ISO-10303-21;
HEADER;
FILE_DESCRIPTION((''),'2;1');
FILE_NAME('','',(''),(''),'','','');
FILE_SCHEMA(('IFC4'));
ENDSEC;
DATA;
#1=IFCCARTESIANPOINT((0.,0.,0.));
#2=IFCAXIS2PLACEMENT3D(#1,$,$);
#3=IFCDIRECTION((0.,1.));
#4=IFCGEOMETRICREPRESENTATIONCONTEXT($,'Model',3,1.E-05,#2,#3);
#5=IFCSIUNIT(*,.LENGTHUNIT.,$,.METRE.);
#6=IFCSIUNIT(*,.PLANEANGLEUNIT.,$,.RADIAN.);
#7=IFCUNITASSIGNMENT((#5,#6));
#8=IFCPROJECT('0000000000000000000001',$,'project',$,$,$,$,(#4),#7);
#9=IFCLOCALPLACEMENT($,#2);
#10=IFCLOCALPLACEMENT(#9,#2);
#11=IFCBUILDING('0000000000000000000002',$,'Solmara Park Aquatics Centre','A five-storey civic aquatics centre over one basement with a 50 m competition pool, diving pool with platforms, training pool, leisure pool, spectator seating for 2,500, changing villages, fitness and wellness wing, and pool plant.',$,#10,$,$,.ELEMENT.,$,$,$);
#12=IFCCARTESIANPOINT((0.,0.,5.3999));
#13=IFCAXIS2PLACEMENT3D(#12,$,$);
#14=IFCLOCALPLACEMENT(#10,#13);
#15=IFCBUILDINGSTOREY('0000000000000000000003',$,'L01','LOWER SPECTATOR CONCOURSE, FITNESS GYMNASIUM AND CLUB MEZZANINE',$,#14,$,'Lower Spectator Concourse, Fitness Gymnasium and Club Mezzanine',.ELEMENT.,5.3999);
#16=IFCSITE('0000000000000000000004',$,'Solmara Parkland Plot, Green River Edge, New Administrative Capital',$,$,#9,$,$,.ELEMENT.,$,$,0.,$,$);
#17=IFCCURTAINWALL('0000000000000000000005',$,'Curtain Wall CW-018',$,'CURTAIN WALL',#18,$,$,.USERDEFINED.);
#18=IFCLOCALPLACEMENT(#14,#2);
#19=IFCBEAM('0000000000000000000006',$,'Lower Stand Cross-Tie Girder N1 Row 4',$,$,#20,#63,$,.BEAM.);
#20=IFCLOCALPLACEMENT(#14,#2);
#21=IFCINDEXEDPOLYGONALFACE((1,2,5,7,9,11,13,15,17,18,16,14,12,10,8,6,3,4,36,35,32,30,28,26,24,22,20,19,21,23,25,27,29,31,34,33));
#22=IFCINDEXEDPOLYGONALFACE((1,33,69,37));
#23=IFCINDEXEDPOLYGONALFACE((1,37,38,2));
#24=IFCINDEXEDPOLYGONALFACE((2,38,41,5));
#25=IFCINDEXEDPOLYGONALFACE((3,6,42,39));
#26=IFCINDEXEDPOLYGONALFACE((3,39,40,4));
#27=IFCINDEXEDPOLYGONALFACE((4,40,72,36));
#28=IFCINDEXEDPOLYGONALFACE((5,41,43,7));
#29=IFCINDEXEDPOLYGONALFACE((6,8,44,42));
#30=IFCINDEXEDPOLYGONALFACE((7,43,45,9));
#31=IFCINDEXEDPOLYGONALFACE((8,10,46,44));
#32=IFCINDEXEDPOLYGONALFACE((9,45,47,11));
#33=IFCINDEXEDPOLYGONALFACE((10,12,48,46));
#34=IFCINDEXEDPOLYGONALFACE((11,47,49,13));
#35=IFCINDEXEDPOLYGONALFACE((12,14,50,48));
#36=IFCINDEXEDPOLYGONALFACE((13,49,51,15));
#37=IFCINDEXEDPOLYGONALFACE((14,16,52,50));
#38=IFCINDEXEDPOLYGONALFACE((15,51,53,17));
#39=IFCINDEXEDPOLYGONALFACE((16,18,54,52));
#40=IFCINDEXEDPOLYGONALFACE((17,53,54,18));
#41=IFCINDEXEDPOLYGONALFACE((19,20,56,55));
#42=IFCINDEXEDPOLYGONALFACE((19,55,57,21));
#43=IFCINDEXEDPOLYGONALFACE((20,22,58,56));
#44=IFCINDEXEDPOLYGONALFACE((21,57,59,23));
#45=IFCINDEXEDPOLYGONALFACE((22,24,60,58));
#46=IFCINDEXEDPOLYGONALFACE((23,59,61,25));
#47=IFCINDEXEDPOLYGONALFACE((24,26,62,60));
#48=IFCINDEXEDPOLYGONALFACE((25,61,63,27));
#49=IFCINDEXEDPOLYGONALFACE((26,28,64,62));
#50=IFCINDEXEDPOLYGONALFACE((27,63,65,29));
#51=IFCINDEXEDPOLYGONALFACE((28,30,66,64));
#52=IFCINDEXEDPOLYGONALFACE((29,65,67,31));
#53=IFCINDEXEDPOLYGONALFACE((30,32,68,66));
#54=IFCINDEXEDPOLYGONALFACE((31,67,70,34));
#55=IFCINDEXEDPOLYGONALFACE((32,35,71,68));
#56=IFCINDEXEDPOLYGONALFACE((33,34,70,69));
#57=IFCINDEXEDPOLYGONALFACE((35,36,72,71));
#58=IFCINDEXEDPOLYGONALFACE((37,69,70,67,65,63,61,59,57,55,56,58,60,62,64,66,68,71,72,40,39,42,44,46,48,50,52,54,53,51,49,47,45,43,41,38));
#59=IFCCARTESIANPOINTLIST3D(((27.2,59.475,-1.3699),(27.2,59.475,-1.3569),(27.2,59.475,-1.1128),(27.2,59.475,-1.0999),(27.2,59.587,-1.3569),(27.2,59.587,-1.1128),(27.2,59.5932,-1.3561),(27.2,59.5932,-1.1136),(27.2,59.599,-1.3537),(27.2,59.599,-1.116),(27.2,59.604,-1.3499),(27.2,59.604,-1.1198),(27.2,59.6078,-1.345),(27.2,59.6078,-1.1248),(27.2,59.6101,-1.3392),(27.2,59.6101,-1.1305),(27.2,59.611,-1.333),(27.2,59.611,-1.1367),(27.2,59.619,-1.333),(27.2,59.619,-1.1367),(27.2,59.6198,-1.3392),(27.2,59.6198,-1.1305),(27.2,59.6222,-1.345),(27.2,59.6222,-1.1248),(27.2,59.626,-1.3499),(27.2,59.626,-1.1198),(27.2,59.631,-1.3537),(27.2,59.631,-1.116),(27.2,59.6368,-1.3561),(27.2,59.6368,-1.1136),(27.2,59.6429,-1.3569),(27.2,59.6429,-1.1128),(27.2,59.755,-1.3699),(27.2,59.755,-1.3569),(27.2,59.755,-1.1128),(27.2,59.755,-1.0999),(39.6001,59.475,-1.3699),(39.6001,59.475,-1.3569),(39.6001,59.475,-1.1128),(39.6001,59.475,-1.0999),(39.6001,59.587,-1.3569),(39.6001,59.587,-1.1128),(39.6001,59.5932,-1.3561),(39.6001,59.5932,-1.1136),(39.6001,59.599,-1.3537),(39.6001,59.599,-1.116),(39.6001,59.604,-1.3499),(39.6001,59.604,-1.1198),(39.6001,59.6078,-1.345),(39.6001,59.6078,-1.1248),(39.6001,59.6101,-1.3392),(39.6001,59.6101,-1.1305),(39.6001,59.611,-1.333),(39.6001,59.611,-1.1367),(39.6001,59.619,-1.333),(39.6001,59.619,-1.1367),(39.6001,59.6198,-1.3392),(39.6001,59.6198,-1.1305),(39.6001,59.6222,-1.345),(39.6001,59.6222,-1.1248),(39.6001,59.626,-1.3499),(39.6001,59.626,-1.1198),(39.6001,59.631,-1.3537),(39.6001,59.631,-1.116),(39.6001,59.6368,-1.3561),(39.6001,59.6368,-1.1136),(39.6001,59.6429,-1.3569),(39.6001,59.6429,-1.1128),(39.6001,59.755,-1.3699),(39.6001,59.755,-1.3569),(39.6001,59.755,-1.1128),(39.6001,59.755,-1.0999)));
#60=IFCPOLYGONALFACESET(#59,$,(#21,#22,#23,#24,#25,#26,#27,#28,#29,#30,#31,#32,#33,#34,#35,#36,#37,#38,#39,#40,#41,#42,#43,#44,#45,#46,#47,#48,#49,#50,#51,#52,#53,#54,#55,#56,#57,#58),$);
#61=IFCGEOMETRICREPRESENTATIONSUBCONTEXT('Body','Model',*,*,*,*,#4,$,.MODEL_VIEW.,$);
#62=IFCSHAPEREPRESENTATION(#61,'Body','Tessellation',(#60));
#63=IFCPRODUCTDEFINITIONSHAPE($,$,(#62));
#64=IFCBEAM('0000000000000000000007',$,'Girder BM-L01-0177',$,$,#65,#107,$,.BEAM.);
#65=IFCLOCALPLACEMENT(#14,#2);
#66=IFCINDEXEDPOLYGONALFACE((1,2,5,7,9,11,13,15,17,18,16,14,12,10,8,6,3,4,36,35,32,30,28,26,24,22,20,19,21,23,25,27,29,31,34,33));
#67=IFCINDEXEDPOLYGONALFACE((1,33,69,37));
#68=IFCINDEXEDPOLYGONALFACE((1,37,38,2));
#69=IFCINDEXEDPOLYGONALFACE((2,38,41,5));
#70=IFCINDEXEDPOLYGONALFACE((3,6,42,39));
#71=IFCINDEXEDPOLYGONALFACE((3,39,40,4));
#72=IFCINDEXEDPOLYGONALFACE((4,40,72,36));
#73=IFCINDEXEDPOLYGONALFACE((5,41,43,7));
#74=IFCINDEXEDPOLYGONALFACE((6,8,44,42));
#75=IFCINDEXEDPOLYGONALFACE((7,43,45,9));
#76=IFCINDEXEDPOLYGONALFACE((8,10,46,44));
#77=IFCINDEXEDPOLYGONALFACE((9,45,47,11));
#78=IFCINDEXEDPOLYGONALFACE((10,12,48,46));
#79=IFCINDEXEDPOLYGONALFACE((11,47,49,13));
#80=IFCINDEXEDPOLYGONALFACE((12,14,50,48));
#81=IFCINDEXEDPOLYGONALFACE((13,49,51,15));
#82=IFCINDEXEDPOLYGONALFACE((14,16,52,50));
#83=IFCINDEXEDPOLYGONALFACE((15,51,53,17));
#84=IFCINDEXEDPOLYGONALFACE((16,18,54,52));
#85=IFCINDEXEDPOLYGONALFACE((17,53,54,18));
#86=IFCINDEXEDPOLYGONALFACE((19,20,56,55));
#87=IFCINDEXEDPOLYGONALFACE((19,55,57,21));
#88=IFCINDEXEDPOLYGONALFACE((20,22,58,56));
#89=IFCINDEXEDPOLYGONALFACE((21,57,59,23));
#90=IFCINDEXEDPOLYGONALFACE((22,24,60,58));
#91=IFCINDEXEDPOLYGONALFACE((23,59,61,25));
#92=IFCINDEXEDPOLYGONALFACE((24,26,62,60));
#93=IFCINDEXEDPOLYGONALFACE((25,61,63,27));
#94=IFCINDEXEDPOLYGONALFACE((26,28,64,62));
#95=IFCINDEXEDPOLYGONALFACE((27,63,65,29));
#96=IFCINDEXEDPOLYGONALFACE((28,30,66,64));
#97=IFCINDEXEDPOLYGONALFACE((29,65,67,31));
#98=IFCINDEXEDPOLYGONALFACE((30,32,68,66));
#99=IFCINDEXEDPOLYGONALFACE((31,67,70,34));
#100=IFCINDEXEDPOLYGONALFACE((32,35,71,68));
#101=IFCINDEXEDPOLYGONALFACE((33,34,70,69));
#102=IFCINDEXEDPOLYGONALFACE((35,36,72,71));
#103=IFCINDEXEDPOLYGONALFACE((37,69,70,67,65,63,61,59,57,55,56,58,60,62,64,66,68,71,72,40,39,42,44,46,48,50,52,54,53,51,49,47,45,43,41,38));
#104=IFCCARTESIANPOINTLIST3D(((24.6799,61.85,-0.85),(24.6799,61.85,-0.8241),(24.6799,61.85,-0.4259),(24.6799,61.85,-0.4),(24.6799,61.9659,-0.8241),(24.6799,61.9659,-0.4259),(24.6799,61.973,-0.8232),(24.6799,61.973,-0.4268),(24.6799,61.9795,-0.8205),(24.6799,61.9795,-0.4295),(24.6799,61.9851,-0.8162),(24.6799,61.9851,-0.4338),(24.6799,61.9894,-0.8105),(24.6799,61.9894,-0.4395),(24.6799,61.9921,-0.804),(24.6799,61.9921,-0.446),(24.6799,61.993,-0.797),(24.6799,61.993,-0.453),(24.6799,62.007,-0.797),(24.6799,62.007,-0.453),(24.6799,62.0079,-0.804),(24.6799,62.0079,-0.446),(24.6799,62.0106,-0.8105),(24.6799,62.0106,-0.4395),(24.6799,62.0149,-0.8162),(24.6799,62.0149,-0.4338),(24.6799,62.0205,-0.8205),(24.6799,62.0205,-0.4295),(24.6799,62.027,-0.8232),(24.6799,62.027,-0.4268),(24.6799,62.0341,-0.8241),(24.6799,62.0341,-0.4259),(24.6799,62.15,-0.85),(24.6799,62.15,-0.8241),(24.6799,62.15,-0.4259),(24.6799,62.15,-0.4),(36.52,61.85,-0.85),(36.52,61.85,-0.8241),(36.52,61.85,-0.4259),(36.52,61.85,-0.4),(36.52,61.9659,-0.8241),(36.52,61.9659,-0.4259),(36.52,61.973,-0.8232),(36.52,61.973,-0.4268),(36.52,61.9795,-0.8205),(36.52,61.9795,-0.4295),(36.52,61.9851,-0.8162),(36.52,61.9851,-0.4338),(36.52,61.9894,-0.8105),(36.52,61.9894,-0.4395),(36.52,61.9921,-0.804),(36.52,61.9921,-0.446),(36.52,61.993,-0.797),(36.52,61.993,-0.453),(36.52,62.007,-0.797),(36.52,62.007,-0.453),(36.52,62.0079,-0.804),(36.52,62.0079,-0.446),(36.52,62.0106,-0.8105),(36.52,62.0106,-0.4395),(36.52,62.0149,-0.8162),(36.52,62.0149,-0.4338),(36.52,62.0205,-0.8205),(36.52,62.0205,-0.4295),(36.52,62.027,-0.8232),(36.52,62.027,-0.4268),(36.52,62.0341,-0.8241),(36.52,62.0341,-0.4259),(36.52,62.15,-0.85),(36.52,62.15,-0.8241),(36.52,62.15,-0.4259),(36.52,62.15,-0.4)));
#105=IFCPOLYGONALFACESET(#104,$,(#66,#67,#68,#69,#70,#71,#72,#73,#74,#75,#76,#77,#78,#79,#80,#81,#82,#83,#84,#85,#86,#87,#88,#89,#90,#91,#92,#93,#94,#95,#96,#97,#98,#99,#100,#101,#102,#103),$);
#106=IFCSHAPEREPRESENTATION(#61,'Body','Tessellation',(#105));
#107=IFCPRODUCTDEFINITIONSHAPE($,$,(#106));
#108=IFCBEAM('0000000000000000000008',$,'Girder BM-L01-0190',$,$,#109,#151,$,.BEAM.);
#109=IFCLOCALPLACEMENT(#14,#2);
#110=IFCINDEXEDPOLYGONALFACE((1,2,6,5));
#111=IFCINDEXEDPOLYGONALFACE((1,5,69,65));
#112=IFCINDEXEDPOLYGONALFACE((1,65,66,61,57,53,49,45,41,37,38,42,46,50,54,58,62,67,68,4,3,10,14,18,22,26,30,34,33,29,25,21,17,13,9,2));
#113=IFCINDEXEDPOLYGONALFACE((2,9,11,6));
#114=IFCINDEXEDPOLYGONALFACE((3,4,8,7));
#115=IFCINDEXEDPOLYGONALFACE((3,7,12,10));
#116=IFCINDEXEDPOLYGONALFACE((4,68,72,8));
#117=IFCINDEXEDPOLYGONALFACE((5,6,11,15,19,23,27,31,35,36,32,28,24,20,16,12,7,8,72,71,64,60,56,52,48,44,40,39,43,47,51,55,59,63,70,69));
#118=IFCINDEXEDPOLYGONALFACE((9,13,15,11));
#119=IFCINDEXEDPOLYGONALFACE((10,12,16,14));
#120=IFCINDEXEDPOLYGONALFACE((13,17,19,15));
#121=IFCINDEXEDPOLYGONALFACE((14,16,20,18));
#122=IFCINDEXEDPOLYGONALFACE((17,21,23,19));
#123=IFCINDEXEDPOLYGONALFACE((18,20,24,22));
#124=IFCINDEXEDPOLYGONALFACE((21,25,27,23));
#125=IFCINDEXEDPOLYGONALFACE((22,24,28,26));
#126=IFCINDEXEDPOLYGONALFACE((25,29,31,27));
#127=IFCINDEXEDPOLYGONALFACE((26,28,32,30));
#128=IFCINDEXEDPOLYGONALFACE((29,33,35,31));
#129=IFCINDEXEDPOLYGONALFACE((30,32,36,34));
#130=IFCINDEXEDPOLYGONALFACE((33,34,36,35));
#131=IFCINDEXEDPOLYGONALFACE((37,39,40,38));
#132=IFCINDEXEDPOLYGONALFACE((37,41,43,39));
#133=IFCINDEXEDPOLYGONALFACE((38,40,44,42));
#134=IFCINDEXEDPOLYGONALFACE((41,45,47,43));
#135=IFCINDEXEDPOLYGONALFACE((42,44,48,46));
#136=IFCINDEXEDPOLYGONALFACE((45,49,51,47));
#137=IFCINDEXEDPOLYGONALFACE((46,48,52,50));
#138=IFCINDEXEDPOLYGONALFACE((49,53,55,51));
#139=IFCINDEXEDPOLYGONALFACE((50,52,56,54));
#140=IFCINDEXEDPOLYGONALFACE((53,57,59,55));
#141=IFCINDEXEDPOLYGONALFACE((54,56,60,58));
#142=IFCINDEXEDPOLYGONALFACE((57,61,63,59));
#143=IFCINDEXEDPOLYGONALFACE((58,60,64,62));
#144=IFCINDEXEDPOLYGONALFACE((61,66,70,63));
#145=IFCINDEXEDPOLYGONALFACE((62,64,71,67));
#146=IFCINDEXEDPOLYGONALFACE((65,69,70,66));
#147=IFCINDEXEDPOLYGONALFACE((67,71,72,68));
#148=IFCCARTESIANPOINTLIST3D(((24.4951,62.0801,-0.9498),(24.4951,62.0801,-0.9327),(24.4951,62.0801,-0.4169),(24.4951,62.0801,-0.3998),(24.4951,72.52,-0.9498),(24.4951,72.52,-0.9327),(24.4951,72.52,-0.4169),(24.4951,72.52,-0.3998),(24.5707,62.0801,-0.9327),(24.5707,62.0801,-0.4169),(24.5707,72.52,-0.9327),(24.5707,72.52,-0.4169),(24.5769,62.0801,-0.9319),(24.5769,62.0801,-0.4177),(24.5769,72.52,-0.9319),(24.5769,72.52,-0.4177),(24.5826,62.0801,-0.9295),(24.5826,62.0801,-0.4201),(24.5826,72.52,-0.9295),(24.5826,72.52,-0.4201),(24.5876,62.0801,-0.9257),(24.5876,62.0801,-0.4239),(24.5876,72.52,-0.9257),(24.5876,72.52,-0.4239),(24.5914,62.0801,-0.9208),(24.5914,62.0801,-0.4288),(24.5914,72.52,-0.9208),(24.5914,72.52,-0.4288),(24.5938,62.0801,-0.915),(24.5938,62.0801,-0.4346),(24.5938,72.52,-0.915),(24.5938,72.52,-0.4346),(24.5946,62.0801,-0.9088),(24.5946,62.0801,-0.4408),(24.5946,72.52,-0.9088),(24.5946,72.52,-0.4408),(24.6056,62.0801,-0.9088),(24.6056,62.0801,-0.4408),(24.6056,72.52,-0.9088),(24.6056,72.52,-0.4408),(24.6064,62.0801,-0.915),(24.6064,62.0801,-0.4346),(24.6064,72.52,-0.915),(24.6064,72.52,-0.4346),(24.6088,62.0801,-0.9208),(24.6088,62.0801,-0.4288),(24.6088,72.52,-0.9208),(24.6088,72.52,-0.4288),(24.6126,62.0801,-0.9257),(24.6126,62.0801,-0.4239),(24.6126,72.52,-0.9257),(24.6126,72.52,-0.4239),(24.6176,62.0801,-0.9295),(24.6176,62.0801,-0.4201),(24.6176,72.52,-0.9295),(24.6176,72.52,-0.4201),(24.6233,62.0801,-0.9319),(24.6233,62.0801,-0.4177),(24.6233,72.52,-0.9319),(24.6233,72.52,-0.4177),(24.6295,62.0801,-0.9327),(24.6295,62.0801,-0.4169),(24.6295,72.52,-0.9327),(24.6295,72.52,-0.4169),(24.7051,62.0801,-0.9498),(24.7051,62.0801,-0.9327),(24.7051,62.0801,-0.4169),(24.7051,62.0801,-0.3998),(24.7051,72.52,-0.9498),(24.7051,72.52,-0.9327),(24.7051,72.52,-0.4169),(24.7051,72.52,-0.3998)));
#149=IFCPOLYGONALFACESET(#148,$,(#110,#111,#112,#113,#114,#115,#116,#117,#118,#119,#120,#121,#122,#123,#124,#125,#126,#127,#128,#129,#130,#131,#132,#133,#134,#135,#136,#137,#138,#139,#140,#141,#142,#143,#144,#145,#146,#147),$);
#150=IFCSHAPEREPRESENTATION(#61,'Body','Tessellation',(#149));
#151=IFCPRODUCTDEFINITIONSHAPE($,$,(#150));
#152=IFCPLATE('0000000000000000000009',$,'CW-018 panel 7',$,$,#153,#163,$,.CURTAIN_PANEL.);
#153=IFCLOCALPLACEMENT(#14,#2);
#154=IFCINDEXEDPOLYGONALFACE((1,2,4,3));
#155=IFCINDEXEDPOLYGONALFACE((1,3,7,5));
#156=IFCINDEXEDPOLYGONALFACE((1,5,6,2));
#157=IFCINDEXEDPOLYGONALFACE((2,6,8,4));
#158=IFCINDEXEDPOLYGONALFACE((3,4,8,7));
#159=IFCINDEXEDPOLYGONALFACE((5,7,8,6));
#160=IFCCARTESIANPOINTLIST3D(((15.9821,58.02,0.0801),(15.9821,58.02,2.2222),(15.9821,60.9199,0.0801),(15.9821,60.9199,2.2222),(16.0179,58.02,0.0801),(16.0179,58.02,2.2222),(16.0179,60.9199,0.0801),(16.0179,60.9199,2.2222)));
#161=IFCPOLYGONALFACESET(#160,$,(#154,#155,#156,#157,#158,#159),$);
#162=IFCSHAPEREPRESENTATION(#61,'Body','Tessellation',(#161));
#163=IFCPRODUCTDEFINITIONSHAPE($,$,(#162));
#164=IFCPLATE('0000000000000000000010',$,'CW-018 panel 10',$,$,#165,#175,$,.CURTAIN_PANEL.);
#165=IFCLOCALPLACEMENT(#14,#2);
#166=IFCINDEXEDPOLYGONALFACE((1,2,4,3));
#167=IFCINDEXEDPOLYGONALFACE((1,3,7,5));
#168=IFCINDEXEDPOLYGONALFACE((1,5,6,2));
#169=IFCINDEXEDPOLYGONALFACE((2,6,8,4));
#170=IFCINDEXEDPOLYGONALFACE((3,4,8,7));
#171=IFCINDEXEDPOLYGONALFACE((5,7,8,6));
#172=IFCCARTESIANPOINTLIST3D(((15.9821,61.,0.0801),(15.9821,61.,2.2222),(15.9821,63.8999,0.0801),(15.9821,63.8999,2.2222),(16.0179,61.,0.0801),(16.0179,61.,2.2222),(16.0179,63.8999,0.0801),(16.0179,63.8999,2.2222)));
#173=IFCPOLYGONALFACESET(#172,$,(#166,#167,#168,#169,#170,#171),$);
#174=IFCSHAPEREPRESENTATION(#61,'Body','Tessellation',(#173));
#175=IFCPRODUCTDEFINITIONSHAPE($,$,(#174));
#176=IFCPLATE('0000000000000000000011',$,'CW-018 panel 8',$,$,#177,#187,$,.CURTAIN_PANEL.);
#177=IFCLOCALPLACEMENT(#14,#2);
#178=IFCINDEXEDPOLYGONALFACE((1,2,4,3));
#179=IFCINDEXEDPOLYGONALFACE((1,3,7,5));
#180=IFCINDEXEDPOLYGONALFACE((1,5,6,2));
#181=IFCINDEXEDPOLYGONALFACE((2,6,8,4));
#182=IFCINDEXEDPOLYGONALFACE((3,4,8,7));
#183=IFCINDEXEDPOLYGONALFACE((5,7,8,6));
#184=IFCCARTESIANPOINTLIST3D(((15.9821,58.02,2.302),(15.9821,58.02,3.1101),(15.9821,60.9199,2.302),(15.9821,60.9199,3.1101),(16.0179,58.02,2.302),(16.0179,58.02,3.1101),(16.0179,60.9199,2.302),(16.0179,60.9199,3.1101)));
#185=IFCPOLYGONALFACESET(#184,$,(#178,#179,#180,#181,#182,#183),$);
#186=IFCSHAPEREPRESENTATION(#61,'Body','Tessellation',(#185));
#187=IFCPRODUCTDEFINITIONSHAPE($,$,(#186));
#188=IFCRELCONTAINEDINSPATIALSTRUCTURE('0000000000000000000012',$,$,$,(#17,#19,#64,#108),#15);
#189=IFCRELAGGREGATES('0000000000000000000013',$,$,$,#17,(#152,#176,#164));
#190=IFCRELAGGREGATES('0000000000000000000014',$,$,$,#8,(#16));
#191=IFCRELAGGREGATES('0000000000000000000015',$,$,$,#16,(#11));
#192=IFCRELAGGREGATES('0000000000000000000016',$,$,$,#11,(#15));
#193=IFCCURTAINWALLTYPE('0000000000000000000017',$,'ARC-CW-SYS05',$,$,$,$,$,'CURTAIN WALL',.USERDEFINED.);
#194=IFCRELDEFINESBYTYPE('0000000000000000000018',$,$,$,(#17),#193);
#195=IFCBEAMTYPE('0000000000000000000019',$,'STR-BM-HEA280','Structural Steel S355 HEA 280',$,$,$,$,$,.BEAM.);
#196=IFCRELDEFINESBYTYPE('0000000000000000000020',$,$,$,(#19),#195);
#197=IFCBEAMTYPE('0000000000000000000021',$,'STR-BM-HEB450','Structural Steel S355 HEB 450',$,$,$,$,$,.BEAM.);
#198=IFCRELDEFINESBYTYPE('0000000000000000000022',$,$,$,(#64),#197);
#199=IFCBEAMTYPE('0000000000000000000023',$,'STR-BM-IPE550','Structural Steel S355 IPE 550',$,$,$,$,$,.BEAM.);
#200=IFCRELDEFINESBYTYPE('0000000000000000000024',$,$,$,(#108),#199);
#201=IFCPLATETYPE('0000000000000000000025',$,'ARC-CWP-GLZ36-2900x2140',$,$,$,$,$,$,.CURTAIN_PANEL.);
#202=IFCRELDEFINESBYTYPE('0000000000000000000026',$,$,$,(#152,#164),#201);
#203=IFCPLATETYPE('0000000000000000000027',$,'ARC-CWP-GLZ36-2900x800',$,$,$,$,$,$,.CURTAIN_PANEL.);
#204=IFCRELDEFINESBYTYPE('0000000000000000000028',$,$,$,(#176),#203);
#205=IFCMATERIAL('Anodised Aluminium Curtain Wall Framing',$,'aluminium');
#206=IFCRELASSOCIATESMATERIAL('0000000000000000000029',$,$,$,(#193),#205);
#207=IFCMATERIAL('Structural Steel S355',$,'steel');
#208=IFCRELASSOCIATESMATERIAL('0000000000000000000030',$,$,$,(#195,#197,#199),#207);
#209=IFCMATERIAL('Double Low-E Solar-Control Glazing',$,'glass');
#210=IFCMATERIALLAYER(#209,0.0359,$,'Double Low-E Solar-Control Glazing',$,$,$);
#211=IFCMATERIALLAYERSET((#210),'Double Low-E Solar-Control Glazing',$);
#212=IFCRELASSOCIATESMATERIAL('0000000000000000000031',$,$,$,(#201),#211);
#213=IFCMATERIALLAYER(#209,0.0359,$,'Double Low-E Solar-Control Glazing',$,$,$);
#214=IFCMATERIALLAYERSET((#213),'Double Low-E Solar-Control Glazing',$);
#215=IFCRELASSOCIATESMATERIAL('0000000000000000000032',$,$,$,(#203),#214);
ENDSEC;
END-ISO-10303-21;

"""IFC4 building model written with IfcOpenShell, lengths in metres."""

from ifc_helpers import new_model, si_unit, direction, frame, origin, origin_2d, place, context, subcontext, project, spatial, rectangle, i_section, extrude, material, layer, layer_set, material_profile, profile_set, type_object, element, aggregate, save


model = new_model("IFC4")

# Units and contexts
model_context = context("Model", 3, precision=1e-05, world=origin(), true_north=direction((0.0, 1.0)))
body_context = subcontext(model_context, "Body", "Model", "MODEL_VIEW")
ifc_project = project(units=[si_unit("LENGTHUNIT", "METRE"), si_unit("PLANEANGLEUNIT", "RADIAN")], contexts=[model_context])

# Site, building, storey
site_placement = place(None, origin())
site = spatial("IfcSite", under=ifc_project, at=site_placement, Name="Solmara Parkland Plot, Green River Edge, New Administrative Capital", CompositionType="ELEMENT", RefElevation=0.0)
building_placement = place(site_placement, origin())
building = spatial("IfcBuilding", under=site, at=building_placement, Name="Solmara Park Aquatics Centre", Description="A five-storey civic aquatics centre over one basement with a 50 m competition pool, diving pool with platforms, training pool, leisure pool, spectator seating for 2,500, changing villages, fitness and wellness wing, and pool plant.", CompositionType="ELEMENT")
storey_placement = place(building_placement, frame((0.0, 0.0, 5.3999)))
storey = spatial("IfcBuildingStorey", under=building, at=storey_placement, Name="L01", Description="LOWER SPECTATOR CONCOURSE, FITNESS GYMNASIUM AND CLUB MEZZANINE", LongName="Lower Spectator Concourse, Fitness Gymnasium and Club Mezzanine", CompositionType="ELEMENT", Elevation=5.3999)

# Shared definitions
ifc_material_1 = material(Name="Structural Steel S355", Category="steel")

# Curtain wall
ifc_material_2 = material(Name="Anodised Aluminium Curtain Wall Framing", Category="aluminium")
curtain_wall_type = type_object("IfcCurtainWallType", Name="ARC-CW-SYS05", ElementType="CURTAIN WALL", PredefinedType="USERDEFINED", material=ifc_material_2)
curtain_wall_1_placement = place(storey_placement, origin())
curtain_wall_1 = element("IfcCurtainWall", 1, at=curtain_wall_1_placement, inside=storey, type_object=curtain_wall_type, Name="Curtain Wall CW-018", ObjectType="CURTAIN WALL", PredefinedType="USERDEFINED")

# Beams
ifc_material_profile_1 = material_profile(ifc_material_1, i_section(OverallWidth=0.28, OverallDepth=0.27, WebThickness=0.0081, FlangeThickness=0.0129, FilletRadius=0.0239, at=origin_2d()), Name="HEA 280")
ifc_profile_set_1 = profile_set([ifc_material_profile_1], Name="Structural Steel S355")
beam_type_1 = type_object("IfcBeamType", Name="STR-BM-HEA280", Description="Structural Steel S355 HEA 280", PredefinedType="BEAM", material=ifc_profile_set_1)
for number, where, z_axis, x_axis, name in (
    (2, (27.2, 59.615, -1.2349), (1.0, 0.0, 0.0), (0.0, 1.0, 0.0), "Lower Stand Cross-Tie Girder N1 Row 4"),
):
    element("IfcBeam", number, at=place(storey_placement, frame(where, z_axis=z_axis, x_axis=x_axis)), inside=storey, type_object=beam_type_1, Name=name, PredefinedType="BEAM", context=body_context, shape_type="SweptSolid", body=[
        extrude(i_section(OverallWidth=0.28, OverallDepth=0.27, WebThickness=0.0081, FlangeThickness=0.0129, FilletRadius=0.0239, at=origin_2d()), origin(), (0.0, 0.0, 1.0), 12.4001),
    ])
ifc_material_profile_2 = material_profile(ifc_material_1, i_section(OverallWidth=0.3, OverallDepth=0.45, WebThickness=0.0139, FlangeThickness=0.0259, FilletRadius=0.0271, at=origin_2d()), Name="HEB 450")
ifc_profile_set_2 = profile_set([ifc_material_profile_2], Name="Structural Steel S355")
beam_type_2 = type_object("IfcBeamType", Name="STR-BM-HEB450", Description="Structural Steel S355 HEB 450", PredefinedType="BEAM", material=ifc_profile_set_2)
beam_1_placement = place(storey_placement, frame((24.6799, 62.0, -0.625), z_axis=(1.0, 0.0, 0.0), x_axis=(0.0, 1.0, 0.0)))
element("IfcBeam", 3, at=beam_1_placement, inside=storey, type_object=beam_type_2, Name="Girder BM-L01-0177", PredefinedType="BEAM", context=body_context, shape_type="SweptSolid", body=[
    extrude(i_section(OverallWidth=0.3, OverallDepth=0.45, WebThickness=0.0139, FlangeThickness=0.0259, FilletRadius=0.0271, at=origin_2d()), origin(), (0.0, 0.0, 1.0), 11.8401),
])
ifc_material_profile_3 = material_profile(ifc_material_1, i_section(OverallWidth=0.21, OverallDepth=0.55, WebThickness=0.011, FlangeThickness=0.0171, FilletRadius=0.0239, at=origin_2d()), Name="IPE 550")
ifc_profile_set_3 = profile_set([ifc_material_profile_3], Name="Structural Steel S355")
beam_type_3 = type_object("IfcBeamType", Name="STR-BM-IPE550", Description="Structural Steel S355 IPE 550", PredefinedType="BEAM", material=ifc_profile_set_3)
beam_2_placement = place(storey_placement, frame((24.6001, 62.0801, -0.6748), z_axis=(0.0, 1.0, 0.0), x_axis=(-1.0, 0.0, 0.0)))
element("IfcBeam", 4, at=beam_2_placement, inside=storey, type_object=beam_type_3, Name="Girder BM-L01-0190", PredefinedType="BEAM", context=body_context, shape_type="SweptSolid", body=[
    extrude(i_section(OverallWidth=0.21, OverallDepth=0.55, WebThickness=0.011, FlangeThickness=0.0171, FilletRadius=0.0239, at=origin_2d()), origin(), (0.0, 0.0, 1.0), 10.4399),
])

# Plates
ifc_material_3 = material(Name="Double Low-E Solar-Control Glazing", Category="glass")
ifc_layer_1 = layer(ifc_material_3, 0.0359, Name="Double Low-E Solar-Control Glazing")
ifc_layer_set_1 = layer_set([ifc_layer_1], Name="Double Low-E Solar-Control Glazing")
plate_type_1 = type_object("IfcPlateType", Name="ARC-CWP-GLZ36-2900x2140", PredefinedType="CURTAIN_PANEL", material=ifc_layer_set_1)
plate_1_placement = place(storey_placement, frame((16.0, 59.47, 0.0801), z_axis=(0.0, 0.0, 1.0), x_axis=(0.0, 1.0, 0.0)))
plate_1 = element("IfcPlate", 5, at=plate_1_placement, type_object=plate_type_1, Name="CW-018 panel 7", PredefinedType="CURTAIN_PANEL", context=body_context, shape_type="SweptSolid", body=[
    extrude(rectangle(XDim=2.8999, YDim=0.0359, at=origin_2d()), origin(), (0.0, 0.0, 1.0), 2.1421),
])
plate_2_placement = place(storey_placement, frame((16.0, 62.45, 0.0801), z_axis=(0.0, 0.0, 1.0), x_axis=(0.0, 1.0, 0.0)))
plate_2 = element("IfcPlate", 6, at=plate_2_placement, type_object=plate_type_1, Name="CW-018 panel 10", PredefinedType="CURTAIN_PANEL", context=body_context, shape_type="SweptSolid", body=[
    extrude(rectangle(XDim=2.8999, YDim=0.0359, at=origin_2d()), origin(), (0.0, 0.0, 1.0), 2.1421),
])
ifc_layer_2 = layer(ifc_material_3, 0.0359, Name="Double Low-E Solar-Control Glazing")
ifc_layer_set_2 = layer_set([ifc_layer_2], Name="Double Low-E Solar-Control Glazing")
plate_type_2 = type_object("IfcPlateType", Name="ARC-CWP-GLZ36-2900x800", PredefinedType="CURTAIN_PANEL", material=ifc_layer_set_2)
plate_3_placement = place(storey_placement, frame((16.0, 59.47, 2.302), z_axis=(0.0, 0.0, 1.0), x_axis=(0.0, 1.0, 0.0)))
plate_3 = element("IfcPlate", 7, at=plate_3_placement, type_object=plate_type_2, Name="CW-018 panel 8", PredefinedType="CURTAIN_PANEL", context=body_context, shape_type="SweptSolid", body=[
    extrude(rectangle(XDim=2.8999, YDim=0.0359, at=origin_2d()), origin(), (0.0, 0.0, 1.0), 0.8081),
])
aggregate(curtain_wall_1, [plate_1, plate_3, plate_2])

save(model, "model.ifc")
